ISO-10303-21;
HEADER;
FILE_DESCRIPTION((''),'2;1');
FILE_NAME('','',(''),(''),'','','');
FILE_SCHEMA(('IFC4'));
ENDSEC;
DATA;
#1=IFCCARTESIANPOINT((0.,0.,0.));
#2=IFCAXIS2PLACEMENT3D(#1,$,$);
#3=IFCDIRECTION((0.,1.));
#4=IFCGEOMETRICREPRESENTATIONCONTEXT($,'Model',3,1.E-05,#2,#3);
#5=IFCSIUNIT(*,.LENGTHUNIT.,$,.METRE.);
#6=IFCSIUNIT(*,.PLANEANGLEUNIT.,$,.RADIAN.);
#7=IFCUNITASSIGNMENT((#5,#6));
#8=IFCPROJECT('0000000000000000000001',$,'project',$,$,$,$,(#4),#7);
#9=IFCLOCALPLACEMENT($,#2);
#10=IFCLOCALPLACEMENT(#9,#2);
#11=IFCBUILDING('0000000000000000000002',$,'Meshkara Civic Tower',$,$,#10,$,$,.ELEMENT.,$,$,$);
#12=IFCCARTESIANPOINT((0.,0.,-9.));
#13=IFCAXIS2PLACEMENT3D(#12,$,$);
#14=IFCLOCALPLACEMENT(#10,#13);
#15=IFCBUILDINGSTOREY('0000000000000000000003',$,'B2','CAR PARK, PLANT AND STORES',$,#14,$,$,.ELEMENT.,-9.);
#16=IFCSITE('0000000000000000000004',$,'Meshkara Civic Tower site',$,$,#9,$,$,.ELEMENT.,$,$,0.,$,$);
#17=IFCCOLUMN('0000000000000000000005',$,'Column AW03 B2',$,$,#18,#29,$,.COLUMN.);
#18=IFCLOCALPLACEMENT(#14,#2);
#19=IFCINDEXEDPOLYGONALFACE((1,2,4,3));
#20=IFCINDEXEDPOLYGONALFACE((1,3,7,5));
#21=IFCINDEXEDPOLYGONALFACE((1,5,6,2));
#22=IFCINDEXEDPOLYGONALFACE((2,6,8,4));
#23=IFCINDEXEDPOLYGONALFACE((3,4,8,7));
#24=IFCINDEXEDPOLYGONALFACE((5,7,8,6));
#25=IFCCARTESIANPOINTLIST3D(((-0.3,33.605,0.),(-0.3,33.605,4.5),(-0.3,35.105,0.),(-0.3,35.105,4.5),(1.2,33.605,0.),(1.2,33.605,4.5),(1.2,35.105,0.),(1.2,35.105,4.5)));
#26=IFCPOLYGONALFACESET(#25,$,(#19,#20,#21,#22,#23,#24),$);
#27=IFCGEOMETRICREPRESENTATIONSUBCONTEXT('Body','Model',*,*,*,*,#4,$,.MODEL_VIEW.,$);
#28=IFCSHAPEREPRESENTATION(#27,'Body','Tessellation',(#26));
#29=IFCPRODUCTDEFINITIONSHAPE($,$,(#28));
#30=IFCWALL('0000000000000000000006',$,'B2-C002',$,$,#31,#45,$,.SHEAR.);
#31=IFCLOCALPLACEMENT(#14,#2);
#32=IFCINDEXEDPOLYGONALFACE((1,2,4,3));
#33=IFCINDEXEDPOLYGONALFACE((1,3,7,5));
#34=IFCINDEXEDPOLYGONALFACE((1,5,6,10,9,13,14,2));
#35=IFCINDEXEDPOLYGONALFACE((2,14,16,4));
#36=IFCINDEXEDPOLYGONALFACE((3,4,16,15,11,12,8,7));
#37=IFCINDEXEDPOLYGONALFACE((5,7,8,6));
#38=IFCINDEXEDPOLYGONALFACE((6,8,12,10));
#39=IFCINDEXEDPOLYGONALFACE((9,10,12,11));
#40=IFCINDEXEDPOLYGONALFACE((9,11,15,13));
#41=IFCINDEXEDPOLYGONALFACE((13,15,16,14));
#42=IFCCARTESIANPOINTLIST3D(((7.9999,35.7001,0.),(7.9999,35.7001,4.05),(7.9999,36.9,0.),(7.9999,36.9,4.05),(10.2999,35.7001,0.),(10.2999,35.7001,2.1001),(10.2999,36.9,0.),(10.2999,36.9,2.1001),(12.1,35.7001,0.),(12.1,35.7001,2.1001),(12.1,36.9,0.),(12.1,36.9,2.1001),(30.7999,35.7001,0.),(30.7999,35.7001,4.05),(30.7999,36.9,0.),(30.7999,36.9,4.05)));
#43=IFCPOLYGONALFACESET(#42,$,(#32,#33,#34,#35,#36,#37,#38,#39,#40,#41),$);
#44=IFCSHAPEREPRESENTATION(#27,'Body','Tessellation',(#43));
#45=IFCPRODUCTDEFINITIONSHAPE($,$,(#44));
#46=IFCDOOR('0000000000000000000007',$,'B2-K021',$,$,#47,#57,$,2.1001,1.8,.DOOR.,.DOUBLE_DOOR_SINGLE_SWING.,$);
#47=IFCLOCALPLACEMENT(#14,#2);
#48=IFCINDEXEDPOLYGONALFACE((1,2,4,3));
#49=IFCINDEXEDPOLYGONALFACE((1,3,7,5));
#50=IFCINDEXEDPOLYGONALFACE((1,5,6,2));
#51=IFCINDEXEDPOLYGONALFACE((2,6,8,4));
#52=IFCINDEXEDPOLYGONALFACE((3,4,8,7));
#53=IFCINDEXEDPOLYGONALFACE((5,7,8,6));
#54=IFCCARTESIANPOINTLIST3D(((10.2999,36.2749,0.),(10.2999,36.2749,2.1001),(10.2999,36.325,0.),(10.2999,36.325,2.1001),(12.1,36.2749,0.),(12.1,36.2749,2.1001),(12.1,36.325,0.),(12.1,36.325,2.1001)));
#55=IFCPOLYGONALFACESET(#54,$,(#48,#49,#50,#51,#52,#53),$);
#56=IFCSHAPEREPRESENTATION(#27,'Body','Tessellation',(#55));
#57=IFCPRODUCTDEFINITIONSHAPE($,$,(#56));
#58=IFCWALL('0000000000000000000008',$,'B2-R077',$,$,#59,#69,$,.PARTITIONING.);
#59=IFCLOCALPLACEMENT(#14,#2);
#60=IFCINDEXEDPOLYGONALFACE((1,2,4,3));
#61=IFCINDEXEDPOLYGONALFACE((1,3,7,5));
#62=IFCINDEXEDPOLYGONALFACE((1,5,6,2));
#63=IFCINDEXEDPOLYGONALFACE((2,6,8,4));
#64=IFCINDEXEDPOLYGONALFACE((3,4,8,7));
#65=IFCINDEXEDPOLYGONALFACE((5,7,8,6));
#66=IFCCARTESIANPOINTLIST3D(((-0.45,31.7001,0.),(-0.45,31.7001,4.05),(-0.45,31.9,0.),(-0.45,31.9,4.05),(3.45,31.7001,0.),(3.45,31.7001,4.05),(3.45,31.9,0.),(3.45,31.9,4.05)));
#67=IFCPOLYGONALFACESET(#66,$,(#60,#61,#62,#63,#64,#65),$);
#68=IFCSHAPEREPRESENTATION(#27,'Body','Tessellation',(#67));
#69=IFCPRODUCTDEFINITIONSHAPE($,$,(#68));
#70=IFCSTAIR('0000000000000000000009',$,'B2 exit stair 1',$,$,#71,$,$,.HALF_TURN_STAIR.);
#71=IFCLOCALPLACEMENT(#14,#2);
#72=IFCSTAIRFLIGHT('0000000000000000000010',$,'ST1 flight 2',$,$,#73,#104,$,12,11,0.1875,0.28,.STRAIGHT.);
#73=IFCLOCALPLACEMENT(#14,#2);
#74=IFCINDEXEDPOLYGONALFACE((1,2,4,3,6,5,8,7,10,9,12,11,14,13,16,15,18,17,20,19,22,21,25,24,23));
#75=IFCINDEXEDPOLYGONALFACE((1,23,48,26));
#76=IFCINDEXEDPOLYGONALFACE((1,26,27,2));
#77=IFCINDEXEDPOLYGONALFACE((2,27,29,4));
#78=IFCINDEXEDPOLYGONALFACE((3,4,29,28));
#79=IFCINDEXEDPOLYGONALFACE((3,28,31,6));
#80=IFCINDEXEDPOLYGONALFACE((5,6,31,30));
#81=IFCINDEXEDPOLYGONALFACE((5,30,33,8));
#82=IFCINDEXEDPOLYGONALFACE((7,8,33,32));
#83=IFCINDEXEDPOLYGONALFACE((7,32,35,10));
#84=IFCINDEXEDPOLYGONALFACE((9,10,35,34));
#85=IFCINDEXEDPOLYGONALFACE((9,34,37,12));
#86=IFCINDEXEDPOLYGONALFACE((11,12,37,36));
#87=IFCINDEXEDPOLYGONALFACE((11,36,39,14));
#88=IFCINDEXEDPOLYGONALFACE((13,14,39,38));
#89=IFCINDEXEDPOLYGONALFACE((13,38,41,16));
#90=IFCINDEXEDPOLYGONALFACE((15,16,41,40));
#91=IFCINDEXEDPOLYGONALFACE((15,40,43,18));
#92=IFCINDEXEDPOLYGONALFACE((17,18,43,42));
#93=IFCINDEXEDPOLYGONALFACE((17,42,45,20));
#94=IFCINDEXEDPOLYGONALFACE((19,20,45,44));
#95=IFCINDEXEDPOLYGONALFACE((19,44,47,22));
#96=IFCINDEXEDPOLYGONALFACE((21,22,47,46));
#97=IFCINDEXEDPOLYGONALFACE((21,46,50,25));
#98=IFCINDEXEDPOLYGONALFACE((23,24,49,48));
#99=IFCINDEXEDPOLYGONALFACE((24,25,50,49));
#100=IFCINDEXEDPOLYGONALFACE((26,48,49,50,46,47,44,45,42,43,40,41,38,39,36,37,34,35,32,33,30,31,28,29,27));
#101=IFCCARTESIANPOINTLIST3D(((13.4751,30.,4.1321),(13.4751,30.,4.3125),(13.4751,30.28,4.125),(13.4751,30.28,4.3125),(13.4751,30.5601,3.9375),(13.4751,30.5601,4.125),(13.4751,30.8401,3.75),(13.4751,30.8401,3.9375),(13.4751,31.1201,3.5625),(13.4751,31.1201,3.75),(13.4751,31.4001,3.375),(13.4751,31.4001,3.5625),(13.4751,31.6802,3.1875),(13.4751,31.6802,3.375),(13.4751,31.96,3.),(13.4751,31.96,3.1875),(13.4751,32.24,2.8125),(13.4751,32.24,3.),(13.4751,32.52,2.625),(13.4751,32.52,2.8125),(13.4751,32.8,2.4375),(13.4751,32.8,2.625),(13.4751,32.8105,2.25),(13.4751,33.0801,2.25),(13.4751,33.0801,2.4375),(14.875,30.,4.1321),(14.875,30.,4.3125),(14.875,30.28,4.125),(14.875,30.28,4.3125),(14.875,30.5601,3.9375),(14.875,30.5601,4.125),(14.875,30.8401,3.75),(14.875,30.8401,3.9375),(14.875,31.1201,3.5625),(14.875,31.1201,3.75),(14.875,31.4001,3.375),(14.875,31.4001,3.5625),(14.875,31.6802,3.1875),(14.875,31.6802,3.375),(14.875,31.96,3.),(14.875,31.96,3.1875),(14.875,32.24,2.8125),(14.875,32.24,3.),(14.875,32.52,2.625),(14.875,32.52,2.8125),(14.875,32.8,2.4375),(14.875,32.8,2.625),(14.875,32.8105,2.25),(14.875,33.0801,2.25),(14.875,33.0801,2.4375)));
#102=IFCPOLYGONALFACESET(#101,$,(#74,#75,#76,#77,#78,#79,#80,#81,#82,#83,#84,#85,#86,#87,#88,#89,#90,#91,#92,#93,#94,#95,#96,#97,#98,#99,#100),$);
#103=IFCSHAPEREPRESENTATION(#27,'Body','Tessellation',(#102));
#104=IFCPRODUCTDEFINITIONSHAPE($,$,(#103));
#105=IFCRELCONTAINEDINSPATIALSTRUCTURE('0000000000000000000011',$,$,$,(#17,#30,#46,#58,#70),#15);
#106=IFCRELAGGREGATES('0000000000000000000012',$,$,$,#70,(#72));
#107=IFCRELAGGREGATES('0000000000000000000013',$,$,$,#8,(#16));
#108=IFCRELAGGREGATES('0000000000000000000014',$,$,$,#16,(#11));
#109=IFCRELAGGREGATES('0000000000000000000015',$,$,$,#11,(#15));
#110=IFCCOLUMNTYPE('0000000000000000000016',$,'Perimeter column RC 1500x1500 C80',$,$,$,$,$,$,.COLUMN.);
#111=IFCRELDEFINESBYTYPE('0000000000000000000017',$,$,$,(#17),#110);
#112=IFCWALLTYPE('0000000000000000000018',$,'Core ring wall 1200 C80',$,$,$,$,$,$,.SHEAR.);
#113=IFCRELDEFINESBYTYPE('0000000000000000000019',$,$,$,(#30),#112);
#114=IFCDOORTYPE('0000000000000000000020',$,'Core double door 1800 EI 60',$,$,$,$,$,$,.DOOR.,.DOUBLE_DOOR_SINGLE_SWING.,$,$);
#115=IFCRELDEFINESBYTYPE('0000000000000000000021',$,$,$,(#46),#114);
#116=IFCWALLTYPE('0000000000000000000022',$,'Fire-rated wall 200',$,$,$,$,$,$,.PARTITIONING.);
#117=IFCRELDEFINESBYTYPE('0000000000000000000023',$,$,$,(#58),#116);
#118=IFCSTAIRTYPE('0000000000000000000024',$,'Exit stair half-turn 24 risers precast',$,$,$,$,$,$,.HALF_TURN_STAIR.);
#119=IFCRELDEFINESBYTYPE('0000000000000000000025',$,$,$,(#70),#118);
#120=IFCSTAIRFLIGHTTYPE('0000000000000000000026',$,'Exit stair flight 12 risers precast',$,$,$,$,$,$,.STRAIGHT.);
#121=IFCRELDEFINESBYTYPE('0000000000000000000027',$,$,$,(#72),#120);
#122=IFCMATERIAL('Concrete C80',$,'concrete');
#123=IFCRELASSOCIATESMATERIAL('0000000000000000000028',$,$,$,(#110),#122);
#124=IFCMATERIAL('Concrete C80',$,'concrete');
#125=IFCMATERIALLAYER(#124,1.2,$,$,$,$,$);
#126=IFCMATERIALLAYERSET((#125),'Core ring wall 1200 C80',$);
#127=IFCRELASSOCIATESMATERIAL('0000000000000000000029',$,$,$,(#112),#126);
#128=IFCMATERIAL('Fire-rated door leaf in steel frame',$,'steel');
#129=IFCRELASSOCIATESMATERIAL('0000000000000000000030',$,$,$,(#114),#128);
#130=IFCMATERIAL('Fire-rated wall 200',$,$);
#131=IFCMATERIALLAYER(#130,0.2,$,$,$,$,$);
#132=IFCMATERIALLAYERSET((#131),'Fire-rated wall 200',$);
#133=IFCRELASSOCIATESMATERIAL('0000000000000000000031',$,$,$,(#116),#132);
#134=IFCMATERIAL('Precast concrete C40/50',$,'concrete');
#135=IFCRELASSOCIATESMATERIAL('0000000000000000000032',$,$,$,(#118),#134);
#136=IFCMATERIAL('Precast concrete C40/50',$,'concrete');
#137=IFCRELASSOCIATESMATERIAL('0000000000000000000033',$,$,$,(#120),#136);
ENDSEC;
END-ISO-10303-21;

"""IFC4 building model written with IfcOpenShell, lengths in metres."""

from ifc_helpers import new_model, si_unit, direction, frame, frame_2d, origin, origin_2d, place, context, subcontext, project, spatial, polyline, rectangle, outline, extrude, material, layer, layer_set, material_profile, profile_set, type_object, element, fill, aggregate, save


model = new_model("IFC4")

# Units and contexts
model_context = context("Model", 3, precision=1e-05, world=origin(), true_north=direction((0.0, 1.0)))
body_context = subcontext(model_context, "Body", "Model", "MODEL_VIEW")
ifc_project = project(units=[si_unit("LENGTHUNIT", "METRE"), si_unit("PLANEANGLEUNIT", "RADIAN")], contexts=[model_context])

# Site, building, storey
site_placement = place(None, origin())
site = spatial("IfcSite", under=ifc_project, at=site_placement, Name="Meshkara Civic Tower site", CompositionType="ELEMENT", RefElevation=0.0)
building_placement = place(site_placement, origin())
building = spatial("IfcBuilding", under=site, at=building_placement, Name="Meshkara Civic Tower", CompositionType="ELEMENT")
storey_placement = place(building_placement, frame((0.0, 0.0, -9.0)))
storey = spatial("IfcBuildingStorey", under=building, at=storey_placement, Name="B2", Description="CAR PARK, PLANT AND STORES", CompositionType="ELEMENT", Elevation=-9.0)

# Column
ifc_material_1 = material(Name="Concrete C80", Category="concrete")
ifc_material_profile_1 = material_profile(ifc_material_1, rectangle(XDim=1.5, YDim=1.5, at=origin_2d()))
ifc_profile_set_1 = profile_set([ifc_material_profile_1], Name="Concrete C80")
column_type = type_object("IfcColumnType", Name="Perimeter column RC 1500x1500 C80", PredefinedType="COLUMN", material=ifc_profile_set_1)
column_placement = place(storey_placement, frame((0.45, 34.355, 0.0), z_axis=(0.0, 0.0, 1.0), x_axis=(1.0, 0.0, 0.0)))
element("IfcColumn", 1, at=column_placement, inside=storey, type_object=column_type, Name="Column AW03 B2", PredefinedType="COLUMN", context=body_context, shape_type="SweptSolid", body=[
    extrude(rectangle(XDim=1.5, YDim=1.5, at=origin_2d()), origin(), (0.0, 0.0, 1.0), 4.5),
])

# Wall, opening, door
ifc_material_2 = material(Name="Concrete C80", Category="concrete")
ifc_layer_1 = layer(ifc_material_2, 1.2)
ifc_layer_set_1 = layer_set([ifc_layer_1], Name="Core ring wall 1200 C80")
wall_type_1 = type_object("IfcWallType", Name="Core ring wall 1200 C80", PredefinedType="SHEAR", material=ifc_layer_set_1)
wall_1_placement = place(storey_placement, frame((8.0, 36.3, 0.0), z_axis=(0.0, 0.0, 1.0), x_axis=(1.0, 0.0, 0.0)))
wall_1 = element("IfcWall", 2, at=wall_1_placement, inside=storey, type_object=wall_type_1, Name="B2-C002", PredefinedType="SHEAR", context=body_context, shape_type="SweptSolid", body=[
    extrude(rectangle(XDim=22.8, YDim=1.2, at=frame_2d((11.3999, 0.0))), origin(), (0.0, 0.0, 1.0), 4.05),
])
opening_placement = place(wall_1_placement, frame((2.3, 0.0, 0.0)))
opening = element("IfcOpeningElement", 3, at=opening_placement, cuts=wall_1, PredefinedType="OPENING", context=body_context, shape_type="SweptSolid", body=[
    extrude(rectangle(XDim=1.8, YDim=2.1001, at=frame_2d((0.8999, 1.05))), frame((0.0, 0.6099, 0.0), z_axis=(0.0, -1.0, 0.0), x_axis=(1.0, 0.0, 0.0)), (0.0, 0.0, 1.0), 1.22),
])
ifc_material_3 = material(Name="Fire-rated door leaf in steel frame", Category="steel")
door_type = type_object("IfcDoorType", Name="Core double door 1800 EI 60", OperationType="DOUBLE_DOOR_SINGLE_SWING", PredefinedType="DOOR", material=ifc_material_3)
door_placement = place(opening_placement, origin())
door = element("IfcDoor", 4, at=door_placement, inside=storey, type_object=door_type, Name="B2-K021", OperationType="DOUBLE_DOOR_SINGLE_SWING", OverallHeight=2.1001, OverallWidth=1.8, PredefinedType="DOOR", context=body_context, shape_type="SweptSolid", body=[
    extrude(rectangle(XDim=1.8, YDim=2.1001, at=frame_2d((0.8999, 1.05))), frame((0.0, 0.0249, 0.0), z_axis=(0.0, -1.0, 0.0), x_axis=(1.0, 0.0, 0.0)), (0.0, 0.0, 1.0), 0.05),
])
fill(opening, door)

# Wall
ifc_material_4 = material(Name="Fire-rated wall 200")
ifc_layer_2 = layer(ifc_material_4, 0.2)
ifc_layer_set_2 = layer_set([ifc_layer_2], Name="Fire-rated wall 200")
wall_type_2 = type_object("IfcWallType", Name="Fire-rated wall 200", PredefinedType="PARTITIONING", material=ifc_layer_set_2)
wall_2_placement = place(storey_placement, frame((3.45, 31.8, 0.0), z_axis=(0.0, 0.0, 1.0), x_axis=(-1.0, 0.0, 0.0)))
element("IfcWall", 5, at=wall_2_placement, inside=storey, type_object=wall_type_2, Name="B2-R077", PredefinedType="PARTITIONING", context=body_context, shape_type="SweptSolid", body=[
    extrude(rectangle(XDim=3.8999, YDim=0.2, at=frame_2d((1.95, 0.0))), origin(), (0.0, 0.0, 1.0), 4.05),
])

# Stair, stair flight
ifc_material_5 = material(Name="Precast concrete C40/50", Category="concrete")
stair_type = type_object("IfcStairType", Name="Exit stair half-turn 24 risers precast", PredefinedType="HALF_TURN_STAIR", material=ifc_material_5)
stair_placement = place(storey_placement, origin())
stair = element("IfcStair", 6, at=stair_placement, inside=storey, type_object=stair_type, Name="B2 exit stair 1", PredefinedType="HALF_TURN_STAIR")
ifc_material_6 = material(Name="Precast concrete C40/50", Category="concrete")
stair_flight_type = type_object("IfcStairFlightType", Name="Exit stair flight 12 risers precast", PredefinedType="STRAIGHT", material=ifc_material_6)
stair_flight_placement = place(storey_placement, frame((14.175, 33.0801, 2.25), z_axis=(0.0, 0.0, 1.0), x_axis=(0.0, -1.0, 0.0)))
stair_flight = element("IfcStairFlight", 7, at=stair_flight_placement, type_object=stair_flight_type, Name="ST1 flight 2", NumberOfRisers=12, NumberOfTreads=11, PredefinedType="STRAIGHT", RiserHeight=0.1875, TreadLength=0.28, context=body_context, shape_type="SweptSolid", body=[
    extrude(outline(polyline([(0.0, 0.0), (0.0, 0.1875), (0.28, 0.1875), (0.28, 0.375), (0.5601, 0.375), (0.5601, 0.5625), (0.8401, 0.5625), (0.8401, 0.75), (1.1201, 0.75), (1.1201, 0.9375), (1.3999, 0.9375), (1.3999, 1.125), (1.6799, 1.125), (1.6799, 1.3125), (1.96, 1.3125), (1.96, 1.5), (2.24, 1.5), (2.24, 1.6875), (2.52, 1.6875), (2.52, 1.875), (2.8, 1.875), (2.8, 2.0625), (3.0801, 2.0625), (3.0801, 2.25), (3.0801, 1.8821), (0.2695, 0.0), (0.0, 0.0)])), frame((0.0, 0.7, 0.0), z_axis=(0.0, -1.0, 0.0), x_axis=(1.0, 0.0, 0.0)), (0.0, 0.0, 1.0), 1.3999),
])
aggregate(stair, [stair_flight])

save(model, "model.ifc")
